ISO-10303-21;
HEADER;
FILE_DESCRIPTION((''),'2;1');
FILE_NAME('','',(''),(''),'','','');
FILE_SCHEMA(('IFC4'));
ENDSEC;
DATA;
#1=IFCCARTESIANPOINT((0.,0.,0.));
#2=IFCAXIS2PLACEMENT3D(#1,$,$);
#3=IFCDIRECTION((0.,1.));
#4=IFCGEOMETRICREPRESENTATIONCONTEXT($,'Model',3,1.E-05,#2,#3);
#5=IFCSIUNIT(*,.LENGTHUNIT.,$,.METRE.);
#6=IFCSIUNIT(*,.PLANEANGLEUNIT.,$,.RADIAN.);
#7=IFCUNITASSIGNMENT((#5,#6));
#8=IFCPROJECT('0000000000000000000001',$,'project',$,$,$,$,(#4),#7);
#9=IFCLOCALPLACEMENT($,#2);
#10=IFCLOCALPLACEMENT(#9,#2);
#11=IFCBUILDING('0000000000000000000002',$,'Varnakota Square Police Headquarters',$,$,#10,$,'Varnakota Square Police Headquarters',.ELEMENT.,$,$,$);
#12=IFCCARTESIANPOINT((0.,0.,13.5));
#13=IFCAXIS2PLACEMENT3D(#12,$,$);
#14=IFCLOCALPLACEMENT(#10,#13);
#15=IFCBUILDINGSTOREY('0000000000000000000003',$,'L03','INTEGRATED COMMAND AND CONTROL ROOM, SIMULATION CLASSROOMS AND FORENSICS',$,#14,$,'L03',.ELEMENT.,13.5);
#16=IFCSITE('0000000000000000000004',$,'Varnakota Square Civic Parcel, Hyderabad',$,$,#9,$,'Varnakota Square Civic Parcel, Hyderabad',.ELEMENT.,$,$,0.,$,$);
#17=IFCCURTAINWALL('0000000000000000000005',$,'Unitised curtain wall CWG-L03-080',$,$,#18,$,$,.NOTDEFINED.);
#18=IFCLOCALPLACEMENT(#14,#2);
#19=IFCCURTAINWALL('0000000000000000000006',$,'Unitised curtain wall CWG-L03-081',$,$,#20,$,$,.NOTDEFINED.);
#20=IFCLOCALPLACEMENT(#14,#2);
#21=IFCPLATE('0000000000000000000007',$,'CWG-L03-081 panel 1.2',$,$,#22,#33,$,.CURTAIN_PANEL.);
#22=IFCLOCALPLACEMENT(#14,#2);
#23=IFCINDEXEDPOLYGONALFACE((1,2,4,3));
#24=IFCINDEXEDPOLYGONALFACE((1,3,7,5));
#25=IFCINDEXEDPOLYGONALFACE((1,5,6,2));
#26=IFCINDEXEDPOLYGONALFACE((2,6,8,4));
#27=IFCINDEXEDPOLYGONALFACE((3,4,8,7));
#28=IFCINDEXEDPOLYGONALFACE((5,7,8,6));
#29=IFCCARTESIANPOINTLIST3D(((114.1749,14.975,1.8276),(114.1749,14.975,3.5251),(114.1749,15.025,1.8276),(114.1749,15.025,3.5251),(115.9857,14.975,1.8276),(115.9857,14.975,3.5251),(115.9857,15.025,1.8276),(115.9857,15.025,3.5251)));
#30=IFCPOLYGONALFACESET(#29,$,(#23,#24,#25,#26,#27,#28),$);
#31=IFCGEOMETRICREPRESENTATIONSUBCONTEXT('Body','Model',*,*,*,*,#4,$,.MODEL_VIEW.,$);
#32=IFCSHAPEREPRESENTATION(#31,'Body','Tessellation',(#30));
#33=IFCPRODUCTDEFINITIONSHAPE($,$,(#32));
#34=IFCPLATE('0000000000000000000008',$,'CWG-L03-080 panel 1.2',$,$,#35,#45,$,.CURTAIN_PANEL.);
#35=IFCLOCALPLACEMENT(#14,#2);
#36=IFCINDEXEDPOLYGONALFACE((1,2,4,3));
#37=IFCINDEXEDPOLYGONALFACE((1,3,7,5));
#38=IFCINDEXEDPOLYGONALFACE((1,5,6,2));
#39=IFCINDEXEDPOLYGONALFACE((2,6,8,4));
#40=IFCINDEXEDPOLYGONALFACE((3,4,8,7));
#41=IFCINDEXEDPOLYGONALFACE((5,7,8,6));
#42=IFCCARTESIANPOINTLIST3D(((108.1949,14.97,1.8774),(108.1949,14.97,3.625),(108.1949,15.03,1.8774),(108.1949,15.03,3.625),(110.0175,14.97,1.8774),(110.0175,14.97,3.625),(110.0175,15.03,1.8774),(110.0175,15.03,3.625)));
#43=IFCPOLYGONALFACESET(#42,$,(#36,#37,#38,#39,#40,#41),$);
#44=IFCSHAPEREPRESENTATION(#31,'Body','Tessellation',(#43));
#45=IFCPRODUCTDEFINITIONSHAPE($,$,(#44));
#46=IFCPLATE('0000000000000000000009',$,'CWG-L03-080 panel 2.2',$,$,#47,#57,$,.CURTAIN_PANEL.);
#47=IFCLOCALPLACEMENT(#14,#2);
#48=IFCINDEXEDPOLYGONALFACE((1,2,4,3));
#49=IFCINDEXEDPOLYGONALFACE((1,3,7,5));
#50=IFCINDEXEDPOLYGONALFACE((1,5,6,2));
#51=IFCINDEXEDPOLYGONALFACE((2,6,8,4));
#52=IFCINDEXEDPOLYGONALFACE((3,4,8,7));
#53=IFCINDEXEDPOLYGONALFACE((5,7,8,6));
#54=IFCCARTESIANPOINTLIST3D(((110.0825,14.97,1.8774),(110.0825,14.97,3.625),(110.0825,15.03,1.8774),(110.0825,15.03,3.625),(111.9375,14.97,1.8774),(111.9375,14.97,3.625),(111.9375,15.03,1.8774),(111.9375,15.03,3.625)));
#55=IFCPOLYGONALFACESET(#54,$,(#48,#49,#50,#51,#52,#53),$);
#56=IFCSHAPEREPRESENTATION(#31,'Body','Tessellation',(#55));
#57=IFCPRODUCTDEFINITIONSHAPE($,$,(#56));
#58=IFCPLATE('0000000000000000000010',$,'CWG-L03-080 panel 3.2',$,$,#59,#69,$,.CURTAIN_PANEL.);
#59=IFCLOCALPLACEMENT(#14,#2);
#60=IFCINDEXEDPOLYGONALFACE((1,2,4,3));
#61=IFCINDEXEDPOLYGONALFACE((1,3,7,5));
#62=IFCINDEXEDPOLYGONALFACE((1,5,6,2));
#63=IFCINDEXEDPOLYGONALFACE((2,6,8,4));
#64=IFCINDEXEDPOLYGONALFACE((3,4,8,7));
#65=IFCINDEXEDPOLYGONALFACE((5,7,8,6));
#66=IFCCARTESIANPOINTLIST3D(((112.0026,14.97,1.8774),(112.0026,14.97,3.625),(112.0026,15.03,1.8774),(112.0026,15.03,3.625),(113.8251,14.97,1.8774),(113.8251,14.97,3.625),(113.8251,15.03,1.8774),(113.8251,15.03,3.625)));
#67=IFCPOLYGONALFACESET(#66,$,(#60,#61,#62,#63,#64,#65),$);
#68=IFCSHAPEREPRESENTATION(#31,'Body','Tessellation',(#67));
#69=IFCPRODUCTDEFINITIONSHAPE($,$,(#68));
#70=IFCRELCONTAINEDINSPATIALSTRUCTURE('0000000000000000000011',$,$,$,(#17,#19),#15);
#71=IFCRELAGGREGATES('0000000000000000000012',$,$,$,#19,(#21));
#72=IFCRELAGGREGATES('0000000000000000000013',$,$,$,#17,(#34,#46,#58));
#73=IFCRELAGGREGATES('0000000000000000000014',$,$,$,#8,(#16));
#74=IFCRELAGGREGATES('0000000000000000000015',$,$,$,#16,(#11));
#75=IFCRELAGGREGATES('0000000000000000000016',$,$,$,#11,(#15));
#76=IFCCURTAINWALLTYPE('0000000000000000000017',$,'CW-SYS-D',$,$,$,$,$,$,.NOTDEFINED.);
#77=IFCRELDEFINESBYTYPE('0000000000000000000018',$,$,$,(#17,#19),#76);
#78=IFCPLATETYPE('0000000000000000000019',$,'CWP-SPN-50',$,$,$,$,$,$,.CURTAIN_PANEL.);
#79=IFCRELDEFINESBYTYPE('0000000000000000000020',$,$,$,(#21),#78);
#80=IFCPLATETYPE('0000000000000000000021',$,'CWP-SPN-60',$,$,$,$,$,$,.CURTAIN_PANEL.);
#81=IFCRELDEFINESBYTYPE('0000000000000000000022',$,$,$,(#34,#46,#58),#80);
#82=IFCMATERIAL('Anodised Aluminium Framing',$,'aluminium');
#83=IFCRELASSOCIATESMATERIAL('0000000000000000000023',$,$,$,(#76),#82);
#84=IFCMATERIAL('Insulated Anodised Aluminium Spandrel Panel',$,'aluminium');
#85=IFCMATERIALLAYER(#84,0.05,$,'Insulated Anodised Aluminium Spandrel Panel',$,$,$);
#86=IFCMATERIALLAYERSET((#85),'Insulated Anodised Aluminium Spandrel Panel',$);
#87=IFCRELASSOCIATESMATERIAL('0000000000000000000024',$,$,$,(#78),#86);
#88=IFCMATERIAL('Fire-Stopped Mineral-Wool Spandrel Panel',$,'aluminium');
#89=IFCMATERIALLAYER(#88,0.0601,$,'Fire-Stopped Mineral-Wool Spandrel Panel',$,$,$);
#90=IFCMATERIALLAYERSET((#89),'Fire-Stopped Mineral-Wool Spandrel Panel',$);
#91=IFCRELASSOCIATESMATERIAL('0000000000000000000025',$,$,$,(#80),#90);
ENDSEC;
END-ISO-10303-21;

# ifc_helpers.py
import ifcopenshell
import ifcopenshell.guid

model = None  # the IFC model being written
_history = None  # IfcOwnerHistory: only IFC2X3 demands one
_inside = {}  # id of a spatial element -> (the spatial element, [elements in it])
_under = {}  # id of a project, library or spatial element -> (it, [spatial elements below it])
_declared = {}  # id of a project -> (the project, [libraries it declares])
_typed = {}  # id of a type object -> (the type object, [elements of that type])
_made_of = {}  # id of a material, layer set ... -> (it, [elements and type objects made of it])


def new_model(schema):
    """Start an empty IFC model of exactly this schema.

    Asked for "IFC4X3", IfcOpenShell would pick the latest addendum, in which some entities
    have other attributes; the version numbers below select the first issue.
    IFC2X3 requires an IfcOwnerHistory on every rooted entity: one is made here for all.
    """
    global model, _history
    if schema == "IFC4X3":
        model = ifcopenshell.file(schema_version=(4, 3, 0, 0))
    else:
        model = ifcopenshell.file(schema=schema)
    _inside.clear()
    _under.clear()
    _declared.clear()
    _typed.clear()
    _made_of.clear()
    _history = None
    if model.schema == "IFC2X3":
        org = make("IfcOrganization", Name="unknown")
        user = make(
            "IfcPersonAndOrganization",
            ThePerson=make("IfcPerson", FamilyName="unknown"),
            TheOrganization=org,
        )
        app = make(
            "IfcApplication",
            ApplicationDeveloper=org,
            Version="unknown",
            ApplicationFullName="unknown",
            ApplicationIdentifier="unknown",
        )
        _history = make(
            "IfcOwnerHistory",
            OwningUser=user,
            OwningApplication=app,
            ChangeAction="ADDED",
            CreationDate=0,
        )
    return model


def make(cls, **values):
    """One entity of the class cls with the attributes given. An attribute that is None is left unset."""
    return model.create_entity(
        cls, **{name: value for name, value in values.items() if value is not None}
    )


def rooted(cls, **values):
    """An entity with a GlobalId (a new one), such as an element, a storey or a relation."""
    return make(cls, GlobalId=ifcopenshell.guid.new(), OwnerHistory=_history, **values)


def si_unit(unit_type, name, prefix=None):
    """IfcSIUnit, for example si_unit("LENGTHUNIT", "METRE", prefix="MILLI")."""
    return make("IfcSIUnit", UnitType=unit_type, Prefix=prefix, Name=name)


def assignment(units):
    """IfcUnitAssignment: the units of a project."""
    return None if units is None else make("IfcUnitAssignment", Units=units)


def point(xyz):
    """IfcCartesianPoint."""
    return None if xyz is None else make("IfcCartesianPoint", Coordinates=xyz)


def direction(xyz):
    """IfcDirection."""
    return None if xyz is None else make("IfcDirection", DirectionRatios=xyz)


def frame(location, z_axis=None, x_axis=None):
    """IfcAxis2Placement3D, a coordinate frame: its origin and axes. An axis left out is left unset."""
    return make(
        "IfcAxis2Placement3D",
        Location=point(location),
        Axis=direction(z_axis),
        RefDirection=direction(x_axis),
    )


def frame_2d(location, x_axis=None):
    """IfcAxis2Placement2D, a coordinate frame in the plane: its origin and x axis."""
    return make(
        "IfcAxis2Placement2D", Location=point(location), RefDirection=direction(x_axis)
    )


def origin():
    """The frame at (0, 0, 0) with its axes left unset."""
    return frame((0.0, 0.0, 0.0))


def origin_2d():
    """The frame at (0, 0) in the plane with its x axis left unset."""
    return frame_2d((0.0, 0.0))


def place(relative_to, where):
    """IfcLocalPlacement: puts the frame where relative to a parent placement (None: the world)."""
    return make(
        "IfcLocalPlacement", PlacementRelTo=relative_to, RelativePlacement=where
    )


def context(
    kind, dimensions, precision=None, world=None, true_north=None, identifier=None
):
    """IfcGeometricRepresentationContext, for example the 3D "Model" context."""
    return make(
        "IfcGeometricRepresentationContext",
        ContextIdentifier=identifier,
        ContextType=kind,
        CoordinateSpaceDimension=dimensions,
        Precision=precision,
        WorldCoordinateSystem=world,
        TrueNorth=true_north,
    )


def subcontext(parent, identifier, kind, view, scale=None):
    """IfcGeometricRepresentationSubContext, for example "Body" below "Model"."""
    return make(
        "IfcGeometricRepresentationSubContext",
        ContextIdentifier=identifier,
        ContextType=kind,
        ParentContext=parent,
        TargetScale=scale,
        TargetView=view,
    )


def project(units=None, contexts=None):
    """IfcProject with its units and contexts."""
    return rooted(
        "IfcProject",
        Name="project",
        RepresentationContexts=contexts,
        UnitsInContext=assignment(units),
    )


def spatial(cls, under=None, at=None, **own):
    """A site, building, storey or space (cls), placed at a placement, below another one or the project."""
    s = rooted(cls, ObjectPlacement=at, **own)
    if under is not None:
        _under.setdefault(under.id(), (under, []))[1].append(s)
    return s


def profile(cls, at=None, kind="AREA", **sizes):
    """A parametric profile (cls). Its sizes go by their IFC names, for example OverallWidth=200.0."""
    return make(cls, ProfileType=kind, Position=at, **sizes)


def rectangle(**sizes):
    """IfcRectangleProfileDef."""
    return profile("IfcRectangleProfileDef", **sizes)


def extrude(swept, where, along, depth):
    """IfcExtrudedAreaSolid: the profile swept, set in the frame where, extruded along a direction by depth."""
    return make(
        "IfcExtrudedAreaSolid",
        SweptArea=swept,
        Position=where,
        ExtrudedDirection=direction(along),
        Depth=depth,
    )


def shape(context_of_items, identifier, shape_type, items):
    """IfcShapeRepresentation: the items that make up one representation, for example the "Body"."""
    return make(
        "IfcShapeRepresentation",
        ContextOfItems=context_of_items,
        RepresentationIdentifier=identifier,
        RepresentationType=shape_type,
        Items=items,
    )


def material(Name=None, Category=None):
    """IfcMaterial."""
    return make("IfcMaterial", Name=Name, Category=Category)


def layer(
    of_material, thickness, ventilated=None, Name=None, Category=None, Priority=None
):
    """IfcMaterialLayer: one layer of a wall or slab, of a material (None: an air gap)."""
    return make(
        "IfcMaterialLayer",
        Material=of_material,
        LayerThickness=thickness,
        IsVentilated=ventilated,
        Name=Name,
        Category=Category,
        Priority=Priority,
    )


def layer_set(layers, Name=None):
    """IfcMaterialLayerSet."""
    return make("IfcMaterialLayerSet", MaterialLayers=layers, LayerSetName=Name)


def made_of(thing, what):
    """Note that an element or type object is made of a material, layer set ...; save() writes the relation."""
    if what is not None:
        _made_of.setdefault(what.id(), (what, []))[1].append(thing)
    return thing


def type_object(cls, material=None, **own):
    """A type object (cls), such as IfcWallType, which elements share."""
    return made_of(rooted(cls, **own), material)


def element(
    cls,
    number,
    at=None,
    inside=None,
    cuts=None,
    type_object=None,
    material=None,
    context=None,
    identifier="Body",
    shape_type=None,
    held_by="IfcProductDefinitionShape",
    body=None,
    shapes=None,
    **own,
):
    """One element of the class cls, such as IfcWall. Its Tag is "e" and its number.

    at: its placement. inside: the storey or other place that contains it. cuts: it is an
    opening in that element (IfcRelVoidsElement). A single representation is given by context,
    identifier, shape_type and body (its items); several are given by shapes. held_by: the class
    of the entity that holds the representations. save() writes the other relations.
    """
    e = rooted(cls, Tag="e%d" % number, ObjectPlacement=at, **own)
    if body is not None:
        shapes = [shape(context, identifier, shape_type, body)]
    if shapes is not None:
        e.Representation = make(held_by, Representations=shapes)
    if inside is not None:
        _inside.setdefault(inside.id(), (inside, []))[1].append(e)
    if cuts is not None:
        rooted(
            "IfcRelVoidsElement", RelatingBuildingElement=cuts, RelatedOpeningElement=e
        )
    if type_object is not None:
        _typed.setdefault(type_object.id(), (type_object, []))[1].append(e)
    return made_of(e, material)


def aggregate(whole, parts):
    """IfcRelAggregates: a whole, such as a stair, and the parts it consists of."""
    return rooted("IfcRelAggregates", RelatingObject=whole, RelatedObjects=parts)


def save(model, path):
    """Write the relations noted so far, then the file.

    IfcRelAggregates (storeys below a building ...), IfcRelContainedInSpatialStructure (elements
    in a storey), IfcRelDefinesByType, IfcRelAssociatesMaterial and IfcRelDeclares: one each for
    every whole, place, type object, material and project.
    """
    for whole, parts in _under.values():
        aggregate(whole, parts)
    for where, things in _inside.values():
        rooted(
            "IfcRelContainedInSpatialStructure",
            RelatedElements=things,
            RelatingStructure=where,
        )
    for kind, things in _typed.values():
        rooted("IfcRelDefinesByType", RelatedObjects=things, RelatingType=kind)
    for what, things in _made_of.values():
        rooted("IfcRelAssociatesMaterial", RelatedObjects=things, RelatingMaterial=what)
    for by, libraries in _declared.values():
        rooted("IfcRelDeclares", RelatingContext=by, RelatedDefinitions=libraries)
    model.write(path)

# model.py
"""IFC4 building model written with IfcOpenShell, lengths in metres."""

from ifc_helpers import new_model, si_unit, direction, frame, origin, origin_2d, place, context, subcontext, project, spatial, rectangle, extrude, material, layer, layer_set, type_object, element, aggregate, save


model = new_model("IFC4")

# Units and contexts
model_context = context("Model", 3, precision=1e-05, world=origin(), true_north=direction((0.0, 1.0)))
body_context = subcontext(model_context, "Body", "Model", "MODEL_VIEW")
ifc_project = project(units=[si_unit("LENGTHUNIT", "METRE"), si_unit("PLANEANGLEUNIT", "RADIAN")], contexts=[model_context])

# Site, building, storey
site_placement = place(None, origin())
site = spatial("IfcSite", under=ifc_project, at=site_placement, Name="Varnakota Square Civic Parcel, Hyderabad", LongName="Varnakota Square Civic Parcel, Hyderabad", CompositionType="ELEMENT", RefElevation=0.0)
building_placement = place(site_placement, origin())
building = spatial("IfcBuilding", under=site, at=building_placement, Name="Varnakota Square Police Headquarters", LongName="Varnakota Square Police Headquarters", CompositionType="ELEMENT")
storey_placement = place(building_placement, frame((0.0, 0.0, 13.5)))
storey = spatial("IfcBuildingStorey", under=building, at=storey_placement, Name="L03", Description="INTEGRATED COMMAND AND CONTROL ROOM, SIMULATION CLASSROOMS AND FORENSICS", LongName="L03", CompositionType="ELEMENT", Elevation=13.5)

# Curtain walls
ifc_material_1 = material(Name="Anodised Aluminium Framing", Category="aluminium")
curtain_wall_type = type_object("IfcCurtainWallType", Name="CW-SYS-D", PredefinedType="NOTDEFINED", material=ifc_material_1)
curtain_wall_1_placement = place(storey_placement, origin())
curtain_wall_1 = element("IfcCurtainWall", 1, at=curtain_wall_1_placement, inside=storey, type_object=curtain_wall_type, Name="Unitised curtain wall CWG-L03-080", PredefinedType="NOTDEFINED")
curtain_wall_2_placement = place(storey_placement, origin())
curtain_wall_2 = element("IfcCurtainWall", 2, at=curtain_wall_2_placement, inside=storey, type_object=curtain_wall_type, Name="Unitised curtain wall CWG-L03-081", PredefinedType="NOTDEFINED")

# Plates
ifc_material_2 = material(Name="Insulated Anodised Aluminium Spandrel Panel", Category="aluminium")
ifc_layer_1 = layer(ifc_material_2, 0.05, Name="Insulated Anodised Aluminium Spandrel Panel")
ifc_layer_set_1 = layer_set([ifc_layer_1], Name="Insulated Anodised Aluminium Spandrel Panel")
plate_type_1 = type_object("IfcPlateType", Name="CWP-SPN-50", PredefinedType="CURTAIN_PANEL", material=ifc_layer_set_1)
plate_1_placement = place(storey_placement, frame((115.0803, 15.0, 1.8276), z_axis=(0.0, 0.0, 1.0), x_axis=(1.0, 0.0, 0.0)))
plate_1 = element("IfcPlate", 3, at=plate_1_placement, type_object=plate_type_1, Name="CWG-L03-081 panel 1.2", PredefinedType="CURTAIN_PANEL", context=body_context, shape_type="SweptSolid", body=[
    extrude(rectangle(XDim=1.8108, YDim=0.05, at=origin_2d()), origin(), (0.0, 0.0, 1.0), 1.6975),
])
aggregate(curtain_wall_2, [plate_1])
ifc_material_3 = material(Name="Fire-Stopped Mineral-Wool Spandrel Panel", Category="aluminium")
ifc_layer_2 = layer(ifc_material_3, 0.0601, Name="Fire-Stopped Mineral-Wool Spandrel Panel")
ifc_layer_set_2 = layer_set([ifc_layer_2], Name="Fire-Stopped Mineral-Wool Spandrel Panel")
plate_type_2 = type_object("IfcPlateType", Name="CWP-SPN-60", PredefinedType="CURTAIN_PANEL", material=ifc_layer_set_2)
plate_2_placement = place(storey_placement, frame((109.1062, 15.0, 1.8774), z_axis=(0.0, 0.0, 1.0), x_axis=(1.0, 0.0, 0.0)))
plate_2 = element("IfcPlate", 4, at=plate_2_placement, type_object=plate_type_2, Name="CWG-L03-080 panel 1.2", PredefinedType="CURTAIN_PANEL", context=body_context, shape_type="SweptSolid", body=[
    extrude(rectangle(XDim=1.8225, YDim=0.0601, at=origin_2d()), origin(), (0.0, 0.0, 1.0), 1.7476),
])
plate_3_placement = place(storey_placement, frame((111.01, 15.0, 1.8774), z_axis=(0.0, 0.0, 1.0), x_axis=(1.0, 0.0, 0.0)))
plate_3 = element("IfcPlate", 5, at=plate_3_placement, type_object=plate_type_2, Name="CWG-L03-080 panel 2.2", PredefinedType="CURTAIN_PANEL", context=body_context, shape_type="SweptSolid", body=[
    extrude(rectangle(XDim=1.855, YDim=0.0601, at=origin_2d()), origin(), (0.0, 0.0, 1.0), 1.7476),
])
plate_4_placement = place(storey_placement, frame((112.9138, 15.0, 1.8774), z_axis=(0.0, 0.0, 1.0), x_axis=(1.0, 0.0, 0.0)))
plate_4 = element("IfcPlate", 6, at=plate_4_placement, type_object=plate_type_2, Name="CWG-L03-080 panel 3.2", PredefinedType="CURTAIN_PANEL", context=body_context, shape_type="SweptSolid", body=[
    extrude(rectangle(XDim=1.8225, YDim=0.0601, at=origin_2d()), origin(), (0.0, 0.0, 1.0), 1.7476),
])
aggregate(curtain_wall_1, [plate_2, plate_3, plate_4])

save(model, "model.ifc")
